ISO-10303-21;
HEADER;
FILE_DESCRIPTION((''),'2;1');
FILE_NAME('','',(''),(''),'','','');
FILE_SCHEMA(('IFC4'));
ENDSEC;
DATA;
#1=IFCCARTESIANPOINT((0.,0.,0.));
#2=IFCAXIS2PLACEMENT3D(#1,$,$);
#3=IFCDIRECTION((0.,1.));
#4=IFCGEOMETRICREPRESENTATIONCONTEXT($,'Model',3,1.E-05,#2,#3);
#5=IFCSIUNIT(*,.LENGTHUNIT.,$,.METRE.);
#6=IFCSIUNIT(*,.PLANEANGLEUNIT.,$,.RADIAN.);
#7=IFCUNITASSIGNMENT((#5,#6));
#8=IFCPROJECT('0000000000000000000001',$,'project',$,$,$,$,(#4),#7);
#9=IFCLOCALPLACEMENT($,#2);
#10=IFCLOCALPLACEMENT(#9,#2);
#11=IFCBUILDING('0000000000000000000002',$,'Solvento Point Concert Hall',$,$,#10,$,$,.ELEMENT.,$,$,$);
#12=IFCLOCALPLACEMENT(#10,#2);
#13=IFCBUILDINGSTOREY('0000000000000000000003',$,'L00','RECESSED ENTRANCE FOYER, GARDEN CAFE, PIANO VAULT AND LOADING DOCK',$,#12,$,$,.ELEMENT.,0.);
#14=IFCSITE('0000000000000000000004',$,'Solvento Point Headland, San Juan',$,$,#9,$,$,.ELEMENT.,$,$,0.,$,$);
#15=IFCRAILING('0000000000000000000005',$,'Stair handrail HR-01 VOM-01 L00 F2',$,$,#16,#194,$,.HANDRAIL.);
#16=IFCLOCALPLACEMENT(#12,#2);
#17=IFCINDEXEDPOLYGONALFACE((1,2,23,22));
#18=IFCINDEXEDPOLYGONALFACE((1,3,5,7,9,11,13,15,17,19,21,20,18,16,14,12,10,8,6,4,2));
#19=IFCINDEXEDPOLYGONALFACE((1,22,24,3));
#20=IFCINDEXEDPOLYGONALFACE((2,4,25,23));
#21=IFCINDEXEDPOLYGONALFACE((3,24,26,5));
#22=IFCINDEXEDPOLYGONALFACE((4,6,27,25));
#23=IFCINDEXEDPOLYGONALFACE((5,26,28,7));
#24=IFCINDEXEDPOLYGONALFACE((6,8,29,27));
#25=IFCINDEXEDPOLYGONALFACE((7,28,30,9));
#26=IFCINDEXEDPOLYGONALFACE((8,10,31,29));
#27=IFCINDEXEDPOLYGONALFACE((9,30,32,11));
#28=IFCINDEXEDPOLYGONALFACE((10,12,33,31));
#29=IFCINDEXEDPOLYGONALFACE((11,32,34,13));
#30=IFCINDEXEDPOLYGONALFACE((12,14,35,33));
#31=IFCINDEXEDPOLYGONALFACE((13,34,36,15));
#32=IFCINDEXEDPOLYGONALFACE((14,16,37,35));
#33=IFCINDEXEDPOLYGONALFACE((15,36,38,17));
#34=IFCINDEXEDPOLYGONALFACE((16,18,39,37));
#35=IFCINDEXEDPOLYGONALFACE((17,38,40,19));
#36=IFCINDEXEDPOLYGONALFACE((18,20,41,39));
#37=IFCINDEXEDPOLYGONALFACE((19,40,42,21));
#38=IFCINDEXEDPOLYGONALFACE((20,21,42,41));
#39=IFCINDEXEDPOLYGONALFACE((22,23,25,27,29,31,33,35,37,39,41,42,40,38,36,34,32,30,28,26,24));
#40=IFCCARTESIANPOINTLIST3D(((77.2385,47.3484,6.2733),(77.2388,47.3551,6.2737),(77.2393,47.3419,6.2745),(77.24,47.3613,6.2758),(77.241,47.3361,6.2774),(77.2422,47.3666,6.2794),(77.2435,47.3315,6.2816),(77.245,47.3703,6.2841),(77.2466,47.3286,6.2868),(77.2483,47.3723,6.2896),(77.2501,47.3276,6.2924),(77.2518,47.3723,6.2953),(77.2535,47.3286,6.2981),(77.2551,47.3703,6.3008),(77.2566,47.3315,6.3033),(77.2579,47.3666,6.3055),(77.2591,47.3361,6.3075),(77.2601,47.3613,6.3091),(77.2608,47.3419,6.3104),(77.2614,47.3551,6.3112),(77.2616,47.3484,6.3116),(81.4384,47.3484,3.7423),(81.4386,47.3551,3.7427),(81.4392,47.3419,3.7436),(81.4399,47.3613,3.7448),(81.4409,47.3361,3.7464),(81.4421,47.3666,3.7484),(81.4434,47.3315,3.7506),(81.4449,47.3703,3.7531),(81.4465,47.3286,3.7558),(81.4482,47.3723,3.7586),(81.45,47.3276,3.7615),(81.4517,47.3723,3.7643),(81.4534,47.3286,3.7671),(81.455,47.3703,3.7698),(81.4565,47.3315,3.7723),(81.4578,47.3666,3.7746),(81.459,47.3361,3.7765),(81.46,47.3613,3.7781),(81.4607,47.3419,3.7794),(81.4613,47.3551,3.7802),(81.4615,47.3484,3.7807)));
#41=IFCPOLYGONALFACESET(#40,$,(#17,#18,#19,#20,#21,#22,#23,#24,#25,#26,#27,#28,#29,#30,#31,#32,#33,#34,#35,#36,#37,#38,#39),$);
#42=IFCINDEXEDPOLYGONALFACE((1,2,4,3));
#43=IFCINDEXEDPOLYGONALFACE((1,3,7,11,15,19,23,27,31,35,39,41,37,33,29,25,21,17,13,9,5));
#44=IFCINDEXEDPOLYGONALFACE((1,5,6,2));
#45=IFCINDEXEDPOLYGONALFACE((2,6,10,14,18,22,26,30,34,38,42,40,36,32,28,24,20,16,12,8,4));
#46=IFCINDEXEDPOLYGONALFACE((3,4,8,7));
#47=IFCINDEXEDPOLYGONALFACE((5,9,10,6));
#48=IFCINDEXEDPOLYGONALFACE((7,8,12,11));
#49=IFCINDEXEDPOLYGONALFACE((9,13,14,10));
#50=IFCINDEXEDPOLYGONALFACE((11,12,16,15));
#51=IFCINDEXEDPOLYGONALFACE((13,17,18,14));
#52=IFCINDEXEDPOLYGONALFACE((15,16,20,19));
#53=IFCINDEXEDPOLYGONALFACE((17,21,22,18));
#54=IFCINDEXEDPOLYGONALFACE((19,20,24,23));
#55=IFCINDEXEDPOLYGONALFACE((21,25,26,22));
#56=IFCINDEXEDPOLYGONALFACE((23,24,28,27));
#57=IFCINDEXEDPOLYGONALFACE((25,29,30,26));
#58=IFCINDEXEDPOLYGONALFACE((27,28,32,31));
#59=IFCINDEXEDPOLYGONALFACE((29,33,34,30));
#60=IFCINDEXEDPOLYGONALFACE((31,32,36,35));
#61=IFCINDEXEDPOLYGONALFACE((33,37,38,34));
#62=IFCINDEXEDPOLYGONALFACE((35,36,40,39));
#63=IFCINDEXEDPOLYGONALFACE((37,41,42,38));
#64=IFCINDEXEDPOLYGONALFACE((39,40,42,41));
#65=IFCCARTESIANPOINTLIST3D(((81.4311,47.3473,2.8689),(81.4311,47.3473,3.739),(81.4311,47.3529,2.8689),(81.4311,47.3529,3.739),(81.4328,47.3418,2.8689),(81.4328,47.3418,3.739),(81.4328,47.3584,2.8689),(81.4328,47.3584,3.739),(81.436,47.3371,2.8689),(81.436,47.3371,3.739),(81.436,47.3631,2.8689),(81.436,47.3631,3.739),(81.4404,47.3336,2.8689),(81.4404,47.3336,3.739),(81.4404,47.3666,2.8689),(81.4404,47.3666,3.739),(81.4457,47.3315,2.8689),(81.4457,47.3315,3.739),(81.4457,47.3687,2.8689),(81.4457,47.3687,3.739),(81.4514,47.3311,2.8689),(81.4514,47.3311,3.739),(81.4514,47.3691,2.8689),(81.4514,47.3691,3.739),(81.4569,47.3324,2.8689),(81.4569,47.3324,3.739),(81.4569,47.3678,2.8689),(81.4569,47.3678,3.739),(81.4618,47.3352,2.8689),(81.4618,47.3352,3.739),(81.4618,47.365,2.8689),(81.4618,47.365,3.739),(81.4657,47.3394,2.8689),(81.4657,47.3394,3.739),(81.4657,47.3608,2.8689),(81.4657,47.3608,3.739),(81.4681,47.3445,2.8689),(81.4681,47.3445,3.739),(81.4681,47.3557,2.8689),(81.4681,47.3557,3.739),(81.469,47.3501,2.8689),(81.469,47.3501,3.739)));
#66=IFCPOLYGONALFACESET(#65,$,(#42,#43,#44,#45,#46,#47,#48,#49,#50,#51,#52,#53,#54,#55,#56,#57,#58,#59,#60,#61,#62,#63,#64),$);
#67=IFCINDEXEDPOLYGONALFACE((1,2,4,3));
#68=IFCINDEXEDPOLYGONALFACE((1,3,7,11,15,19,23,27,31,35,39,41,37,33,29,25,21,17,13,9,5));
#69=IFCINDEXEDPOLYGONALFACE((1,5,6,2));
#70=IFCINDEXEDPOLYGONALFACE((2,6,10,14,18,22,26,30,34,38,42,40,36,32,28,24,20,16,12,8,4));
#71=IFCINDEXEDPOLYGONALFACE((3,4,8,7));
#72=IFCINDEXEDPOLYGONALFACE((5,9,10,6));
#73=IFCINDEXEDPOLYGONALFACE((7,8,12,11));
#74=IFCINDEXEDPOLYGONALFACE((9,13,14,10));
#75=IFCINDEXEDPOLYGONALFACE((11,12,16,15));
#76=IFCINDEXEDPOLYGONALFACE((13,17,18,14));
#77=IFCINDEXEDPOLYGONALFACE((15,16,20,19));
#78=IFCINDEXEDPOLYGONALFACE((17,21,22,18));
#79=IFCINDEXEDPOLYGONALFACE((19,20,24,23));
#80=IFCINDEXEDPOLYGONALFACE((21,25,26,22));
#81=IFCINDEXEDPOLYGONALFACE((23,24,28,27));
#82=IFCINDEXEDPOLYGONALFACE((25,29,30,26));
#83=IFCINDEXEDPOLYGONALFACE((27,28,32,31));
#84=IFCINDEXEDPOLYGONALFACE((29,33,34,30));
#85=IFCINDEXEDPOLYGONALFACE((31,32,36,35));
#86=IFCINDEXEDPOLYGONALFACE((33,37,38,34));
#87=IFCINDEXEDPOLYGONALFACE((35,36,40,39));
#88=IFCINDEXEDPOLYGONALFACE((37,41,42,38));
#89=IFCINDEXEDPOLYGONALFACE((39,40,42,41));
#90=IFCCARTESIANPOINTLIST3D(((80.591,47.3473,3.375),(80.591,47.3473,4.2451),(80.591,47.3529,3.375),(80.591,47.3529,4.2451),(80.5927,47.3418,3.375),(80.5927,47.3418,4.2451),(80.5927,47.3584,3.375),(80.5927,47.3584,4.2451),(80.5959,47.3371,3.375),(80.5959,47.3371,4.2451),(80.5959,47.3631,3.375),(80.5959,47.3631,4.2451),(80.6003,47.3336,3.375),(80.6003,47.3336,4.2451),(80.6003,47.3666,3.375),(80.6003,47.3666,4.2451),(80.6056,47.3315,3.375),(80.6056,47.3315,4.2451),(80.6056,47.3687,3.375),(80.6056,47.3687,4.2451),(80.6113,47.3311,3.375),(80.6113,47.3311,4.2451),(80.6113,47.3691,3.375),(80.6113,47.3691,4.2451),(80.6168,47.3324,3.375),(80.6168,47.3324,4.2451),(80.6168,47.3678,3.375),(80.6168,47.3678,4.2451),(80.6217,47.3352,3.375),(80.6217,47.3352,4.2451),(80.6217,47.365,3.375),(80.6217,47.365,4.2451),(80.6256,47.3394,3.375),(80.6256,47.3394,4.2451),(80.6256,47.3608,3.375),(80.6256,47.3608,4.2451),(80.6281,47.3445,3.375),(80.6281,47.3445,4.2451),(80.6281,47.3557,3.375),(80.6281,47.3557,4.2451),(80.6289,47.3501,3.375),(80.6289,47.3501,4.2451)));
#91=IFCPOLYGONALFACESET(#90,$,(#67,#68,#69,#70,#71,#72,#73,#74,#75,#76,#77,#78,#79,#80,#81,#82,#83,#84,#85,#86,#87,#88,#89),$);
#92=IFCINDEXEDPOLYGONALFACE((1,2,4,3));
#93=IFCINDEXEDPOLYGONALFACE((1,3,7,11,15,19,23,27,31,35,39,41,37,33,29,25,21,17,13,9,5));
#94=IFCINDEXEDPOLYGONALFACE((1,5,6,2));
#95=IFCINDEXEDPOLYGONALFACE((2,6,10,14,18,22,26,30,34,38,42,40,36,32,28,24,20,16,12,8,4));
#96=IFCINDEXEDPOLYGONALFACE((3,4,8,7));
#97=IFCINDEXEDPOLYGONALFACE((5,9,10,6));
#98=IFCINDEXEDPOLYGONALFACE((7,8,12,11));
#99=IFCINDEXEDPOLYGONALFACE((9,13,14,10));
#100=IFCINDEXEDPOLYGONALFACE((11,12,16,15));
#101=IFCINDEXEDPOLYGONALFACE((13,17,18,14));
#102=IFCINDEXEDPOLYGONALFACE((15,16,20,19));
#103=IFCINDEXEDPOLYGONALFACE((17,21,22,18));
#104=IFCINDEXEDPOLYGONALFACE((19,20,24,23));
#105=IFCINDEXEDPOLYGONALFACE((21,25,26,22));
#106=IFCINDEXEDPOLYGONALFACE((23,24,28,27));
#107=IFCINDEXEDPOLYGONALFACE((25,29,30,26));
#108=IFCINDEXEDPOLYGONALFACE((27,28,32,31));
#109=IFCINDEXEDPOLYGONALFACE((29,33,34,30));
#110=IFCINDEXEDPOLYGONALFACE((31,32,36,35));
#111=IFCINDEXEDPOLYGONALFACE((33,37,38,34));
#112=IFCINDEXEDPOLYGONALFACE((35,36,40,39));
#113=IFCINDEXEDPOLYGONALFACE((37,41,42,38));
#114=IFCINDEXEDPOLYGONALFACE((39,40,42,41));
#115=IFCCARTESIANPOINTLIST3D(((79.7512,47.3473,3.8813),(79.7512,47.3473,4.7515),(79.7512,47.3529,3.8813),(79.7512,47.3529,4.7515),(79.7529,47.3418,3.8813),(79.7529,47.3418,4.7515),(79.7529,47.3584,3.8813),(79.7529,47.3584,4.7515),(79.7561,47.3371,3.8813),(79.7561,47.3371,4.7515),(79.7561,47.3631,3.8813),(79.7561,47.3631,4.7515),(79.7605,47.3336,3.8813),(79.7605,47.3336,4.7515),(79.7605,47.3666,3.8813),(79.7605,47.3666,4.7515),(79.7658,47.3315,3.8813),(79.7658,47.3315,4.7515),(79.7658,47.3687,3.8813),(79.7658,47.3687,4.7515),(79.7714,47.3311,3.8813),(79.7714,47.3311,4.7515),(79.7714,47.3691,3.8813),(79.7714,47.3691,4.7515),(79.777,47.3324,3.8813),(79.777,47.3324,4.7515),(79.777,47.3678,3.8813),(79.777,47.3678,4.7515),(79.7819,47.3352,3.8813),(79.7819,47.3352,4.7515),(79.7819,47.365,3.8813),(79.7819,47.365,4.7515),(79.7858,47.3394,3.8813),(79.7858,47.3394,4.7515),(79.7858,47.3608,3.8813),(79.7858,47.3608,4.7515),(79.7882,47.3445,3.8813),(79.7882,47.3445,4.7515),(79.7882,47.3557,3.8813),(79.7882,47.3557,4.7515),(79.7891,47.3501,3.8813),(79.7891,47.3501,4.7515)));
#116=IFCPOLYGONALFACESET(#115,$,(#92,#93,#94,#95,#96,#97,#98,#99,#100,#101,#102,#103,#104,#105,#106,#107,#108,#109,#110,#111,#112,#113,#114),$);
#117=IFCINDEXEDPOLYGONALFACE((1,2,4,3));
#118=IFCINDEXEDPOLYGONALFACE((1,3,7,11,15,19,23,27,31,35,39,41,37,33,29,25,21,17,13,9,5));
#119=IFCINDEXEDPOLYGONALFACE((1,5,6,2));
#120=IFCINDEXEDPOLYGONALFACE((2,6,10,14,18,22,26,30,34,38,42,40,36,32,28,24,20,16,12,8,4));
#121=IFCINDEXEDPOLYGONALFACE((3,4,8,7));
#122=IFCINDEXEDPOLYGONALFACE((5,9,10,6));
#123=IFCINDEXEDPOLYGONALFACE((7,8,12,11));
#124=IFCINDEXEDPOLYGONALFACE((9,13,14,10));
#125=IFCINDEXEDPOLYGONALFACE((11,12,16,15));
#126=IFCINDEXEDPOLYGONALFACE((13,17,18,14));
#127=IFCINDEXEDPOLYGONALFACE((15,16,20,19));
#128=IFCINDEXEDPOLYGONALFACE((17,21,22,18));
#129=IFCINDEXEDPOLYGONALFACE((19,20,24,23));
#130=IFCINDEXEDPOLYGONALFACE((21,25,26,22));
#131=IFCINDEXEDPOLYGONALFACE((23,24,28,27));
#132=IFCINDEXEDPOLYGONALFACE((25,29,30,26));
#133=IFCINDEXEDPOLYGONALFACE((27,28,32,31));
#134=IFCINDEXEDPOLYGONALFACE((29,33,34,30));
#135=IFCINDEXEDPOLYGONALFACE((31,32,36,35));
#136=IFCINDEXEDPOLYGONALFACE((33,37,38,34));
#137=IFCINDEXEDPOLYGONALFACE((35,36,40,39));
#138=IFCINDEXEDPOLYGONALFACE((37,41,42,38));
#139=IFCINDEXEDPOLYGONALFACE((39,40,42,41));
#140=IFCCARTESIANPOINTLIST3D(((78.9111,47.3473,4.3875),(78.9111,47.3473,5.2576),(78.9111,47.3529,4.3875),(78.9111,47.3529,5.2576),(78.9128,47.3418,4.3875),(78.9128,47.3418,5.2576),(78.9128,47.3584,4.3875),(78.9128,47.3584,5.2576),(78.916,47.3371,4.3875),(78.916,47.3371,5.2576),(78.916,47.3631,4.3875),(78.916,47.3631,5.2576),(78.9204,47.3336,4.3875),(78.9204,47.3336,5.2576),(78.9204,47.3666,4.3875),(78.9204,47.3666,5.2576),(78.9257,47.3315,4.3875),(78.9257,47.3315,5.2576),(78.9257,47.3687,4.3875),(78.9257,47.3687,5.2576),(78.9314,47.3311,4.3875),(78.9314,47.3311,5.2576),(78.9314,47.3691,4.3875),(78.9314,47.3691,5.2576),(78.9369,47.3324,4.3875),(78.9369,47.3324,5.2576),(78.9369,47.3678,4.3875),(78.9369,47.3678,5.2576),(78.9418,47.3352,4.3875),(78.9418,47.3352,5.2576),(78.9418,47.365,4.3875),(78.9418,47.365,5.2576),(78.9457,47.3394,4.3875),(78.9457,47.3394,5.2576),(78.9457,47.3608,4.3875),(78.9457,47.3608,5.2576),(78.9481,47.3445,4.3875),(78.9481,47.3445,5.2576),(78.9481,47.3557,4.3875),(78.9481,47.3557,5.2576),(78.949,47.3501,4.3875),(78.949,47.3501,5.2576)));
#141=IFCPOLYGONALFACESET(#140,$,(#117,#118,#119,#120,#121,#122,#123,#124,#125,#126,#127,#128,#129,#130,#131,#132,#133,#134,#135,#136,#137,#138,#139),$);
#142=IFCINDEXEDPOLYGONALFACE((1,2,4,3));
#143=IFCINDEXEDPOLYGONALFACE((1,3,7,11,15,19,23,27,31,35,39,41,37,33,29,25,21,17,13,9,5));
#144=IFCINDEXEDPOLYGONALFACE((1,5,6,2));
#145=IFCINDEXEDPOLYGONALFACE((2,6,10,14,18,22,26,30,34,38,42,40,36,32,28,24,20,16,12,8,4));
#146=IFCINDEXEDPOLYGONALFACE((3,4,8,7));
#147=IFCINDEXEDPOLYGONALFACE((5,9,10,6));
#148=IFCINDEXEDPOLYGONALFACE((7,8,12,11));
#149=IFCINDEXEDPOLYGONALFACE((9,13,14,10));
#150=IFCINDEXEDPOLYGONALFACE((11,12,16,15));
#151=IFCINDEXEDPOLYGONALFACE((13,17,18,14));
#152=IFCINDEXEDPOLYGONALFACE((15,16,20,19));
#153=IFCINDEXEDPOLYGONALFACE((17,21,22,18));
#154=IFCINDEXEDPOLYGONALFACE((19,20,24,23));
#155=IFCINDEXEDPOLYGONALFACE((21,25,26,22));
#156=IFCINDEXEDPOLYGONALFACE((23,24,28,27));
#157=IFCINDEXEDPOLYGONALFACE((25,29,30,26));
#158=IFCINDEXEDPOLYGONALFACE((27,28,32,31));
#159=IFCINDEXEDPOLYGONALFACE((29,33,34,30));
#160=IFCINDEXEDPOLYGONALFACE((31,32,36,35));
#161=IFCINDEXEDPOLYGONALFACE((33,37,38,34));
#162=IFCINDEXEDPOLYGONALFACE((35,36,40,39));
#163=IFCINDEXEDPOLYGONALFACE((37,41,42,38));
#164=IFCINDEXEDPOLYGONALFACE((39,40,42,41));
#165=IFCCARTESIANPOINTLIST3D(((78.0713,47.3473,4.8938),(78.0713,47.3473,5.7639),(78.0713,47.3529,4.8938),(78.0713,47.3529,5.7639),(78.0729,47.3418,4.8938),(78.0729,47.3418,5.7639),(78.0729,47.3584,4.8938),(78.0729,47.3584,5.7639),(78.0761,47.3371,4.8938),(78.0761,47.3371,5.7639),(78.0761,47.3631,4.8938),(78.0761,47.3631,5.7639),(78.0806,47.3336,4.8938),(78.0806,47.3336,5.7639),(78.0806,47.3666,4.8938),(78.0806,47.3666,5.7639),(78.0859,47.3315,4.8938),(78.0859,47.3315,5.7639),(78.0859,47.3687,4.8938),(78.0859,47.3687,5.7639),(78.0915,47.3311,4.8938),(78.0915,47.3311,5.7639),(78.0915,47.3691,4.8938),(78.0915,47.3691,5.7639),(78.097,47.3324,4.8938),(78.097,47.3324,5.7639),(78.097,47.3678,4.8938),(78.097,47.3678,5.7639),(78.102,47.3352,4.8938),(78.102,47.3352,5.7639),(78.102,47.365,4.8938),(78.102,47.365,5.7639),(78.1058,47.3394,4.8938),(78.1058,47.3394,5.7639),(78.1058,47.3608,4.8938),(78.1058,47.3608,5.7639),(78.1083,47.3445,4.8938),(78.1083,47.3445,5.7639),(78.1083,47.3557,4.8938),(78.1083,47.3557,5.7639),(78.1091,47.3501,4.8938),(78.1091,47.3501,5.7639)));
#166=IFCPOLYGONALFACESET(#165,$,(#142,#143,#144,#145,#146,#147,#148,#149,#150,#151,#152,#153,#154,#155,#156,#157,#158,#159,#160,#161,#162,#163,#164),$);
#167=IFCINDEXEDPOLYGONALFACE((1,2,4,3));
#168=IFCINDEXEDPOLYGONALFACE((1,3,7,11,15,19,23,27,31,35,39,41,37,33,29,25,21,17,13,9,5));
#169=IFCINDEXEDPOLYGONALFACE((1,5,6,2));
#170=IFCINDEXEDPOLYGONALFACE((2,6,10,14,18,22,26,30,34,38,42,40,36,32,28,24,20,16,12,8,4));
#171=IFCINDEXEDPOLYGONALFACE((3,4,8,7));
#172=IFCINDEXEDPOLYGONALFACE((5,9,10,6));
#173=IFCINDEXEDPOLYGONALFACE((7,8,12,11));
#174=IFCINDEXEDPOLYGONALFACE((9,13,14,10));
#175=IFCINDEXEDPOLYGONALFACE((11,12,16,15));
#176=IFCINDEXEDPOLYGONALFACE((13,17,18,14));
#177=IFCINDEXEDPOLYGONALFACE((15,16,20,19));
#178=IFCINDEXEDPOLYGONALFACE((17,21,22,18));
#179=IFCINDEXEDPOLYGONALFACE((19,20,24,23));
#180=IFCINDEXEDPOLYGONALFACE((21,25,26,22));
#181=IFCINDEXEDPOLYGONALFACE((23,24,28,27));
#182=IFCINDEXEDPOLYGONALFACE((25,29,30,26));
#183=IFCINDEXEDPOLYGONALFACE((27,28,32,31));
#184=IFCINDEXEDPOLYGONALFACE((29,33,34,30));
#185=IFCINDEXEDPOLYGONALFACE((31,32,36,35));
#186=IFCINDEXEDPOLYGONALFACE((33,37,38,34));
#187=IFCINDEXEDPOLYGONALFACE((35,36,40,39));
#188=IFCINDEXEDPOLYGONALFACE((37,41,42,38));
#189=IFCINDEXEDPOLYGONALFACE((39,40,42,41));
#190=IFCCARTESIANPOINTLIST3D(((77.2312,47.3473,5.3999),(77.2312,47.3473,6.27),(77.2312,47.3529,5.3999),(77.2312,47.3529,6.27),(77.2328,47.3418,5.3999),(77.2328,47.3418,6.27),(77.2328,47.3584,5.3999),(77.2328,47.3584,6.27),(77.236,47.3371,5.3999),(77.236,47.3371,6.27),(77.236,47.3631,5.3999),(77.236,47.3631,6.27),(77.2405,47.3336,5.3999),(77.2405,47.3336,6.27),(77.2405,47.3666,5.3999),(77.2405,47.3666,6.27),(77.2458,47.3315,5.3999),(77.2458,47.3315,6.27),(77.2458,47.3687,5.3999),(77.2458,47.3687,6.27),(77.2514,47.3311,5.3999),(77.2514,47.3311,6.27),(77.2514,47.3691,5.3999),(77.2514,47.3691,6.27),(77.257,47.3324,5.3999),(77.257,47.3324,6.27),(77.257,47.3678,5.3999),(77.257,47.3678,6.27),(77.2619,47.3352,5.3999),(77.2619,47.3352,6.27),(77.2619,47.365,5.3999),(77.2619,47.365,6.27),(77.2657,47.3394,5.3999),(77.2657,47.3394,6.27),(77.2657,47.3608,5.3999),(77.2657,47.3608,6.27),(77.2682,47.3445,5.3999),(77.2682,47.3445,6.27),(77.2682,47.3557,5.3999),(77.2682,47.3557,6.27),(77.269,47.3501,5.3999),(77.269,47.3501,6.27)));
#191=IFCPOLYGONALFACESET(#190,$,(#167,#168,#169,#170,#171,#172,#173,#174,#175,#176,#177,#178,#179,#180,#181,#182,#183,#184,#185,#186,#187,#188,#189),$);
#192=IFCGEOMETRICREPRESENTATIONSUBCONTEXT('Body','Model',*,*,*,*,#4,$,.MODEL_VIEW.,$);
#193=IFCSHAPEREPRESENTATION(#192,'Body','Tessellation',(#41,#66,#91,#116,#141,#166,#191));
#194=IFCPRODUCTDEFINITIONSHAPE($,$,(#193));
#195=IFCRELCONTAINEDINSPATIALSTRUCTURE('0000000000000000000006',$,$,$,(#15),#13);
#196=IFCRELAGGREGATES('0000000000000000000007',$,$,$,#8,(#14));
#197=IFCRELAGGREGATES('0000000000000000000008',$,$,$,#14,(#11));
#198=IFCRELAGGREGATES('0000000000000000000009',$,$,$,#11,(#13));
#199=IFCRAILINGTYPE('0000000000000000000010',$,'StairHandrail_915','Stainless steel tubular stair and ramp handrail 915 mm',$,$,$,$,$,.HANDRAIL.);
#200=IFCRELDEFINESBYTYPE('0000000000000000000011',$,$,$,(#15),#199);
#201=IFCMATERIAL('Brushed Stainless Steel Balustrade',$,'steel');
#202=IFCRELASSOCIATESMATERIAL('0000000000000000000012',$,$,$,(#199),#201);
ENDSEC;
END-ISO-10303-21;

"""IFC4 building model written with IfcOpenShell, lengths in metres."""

from ifc_helpers import new_model, si_unit, direction, frame, origin, origin_2d, place, context, subcontext, project, spatial, circle, extrude, material, type_object, element, save


model = new_model("IFC4")

# Units and contexts
model_context = context("Model", 3, precision=1e-05, world=origin(), true_north=direction((0.0, 1.0)))
body_context = subcontext(model_context, "Body", "Model", "MODEL_VIEW")
ifc_project = project(units=[si_unit("LENGTHUNIT", "METRE"), si_unit("PLANEANGLEUNIT", "RADIAN")], contexts=[model_context])

# Site, building, storey
site_placement = place(None, origin())
site = spatial("IfcSite", under=ifc_project, at=site_placement, Name="Solvento Point Headland, San Juan", CompositionType="ELEMENT", RefElevation=0.0)
building_placement = place(site_placement, origin())
building = spatial("IfcBuilding", under=site, at=building_placement, Name="Solvento Point Concert Hall", CompositionType="ELEMENT")
storey_placement = place(building_placement, origin())
storey = spatial("IfcBuildingStorey", under=building, at=storey_placement, Name="L00", Description="RECESSED ENTRANCE FOYER, GARDEN CAFE, PIANO VAULT AND LOADING DOCK", CompositionType="ELEMENT", Elevation=0.0)

# Railing
ifc_material_1 = material(Name="Brushed Stainless Steel Balustrade", Category="steel")
railing_type_1 = type_object("IfcRailingType", Name="StairHandrail_915", Description="Stainless steel tubular stair and ramp handrail 915 mm", PredefinedType="HANDRAIL", material=ifc_material_1)
railing_1_placement = place(storey_placement, frame((81.45, 47.3501, 2.8689)))
element("IfcRailing", 1, at=railing_1_placement, inside=storey, type_object=railing_type_1, Name="Stair handrail HR-01 VOM-01 L00 F2", PredefinedType="HANDRAIL", context=body_context, shape_type="SweptSolid", body=[
    extrude(circle(Radius=0.0225, at=origin_2d()), frame((0.0, 0.0, 0.8926), z_axis=(-0.856499, 0.0, 0.51615), x_axis=(0.0, -1.0, 0.0)), (0.0, 0.0, 1.0), 4.9036),
    extrude(circle(Radius=0.019, at=origin_2d()), origin(), (0.0, 0.0, 1.0), 0.8701),
    extrude(circle(Radius=0.019, at=origin_2d()), frame((-0.8401, 0.0, 0.5061)), (0.0, 0.0, 1.0), 0.8701),
    extrude(circle(Radius=0.019, at=origin_2d()), frame((-1.6799, 0.0, 1.0125)), (0.0, 0.0, 1.0), 0.8701),
    extrude(circle(Radius=0.019, at=origin_2d()), frame((-2.52, 0.0, 1.5186)), (0.0, 0.0, 1.0), 0.8701),
    extrude(circle(Radius=0.019, at=origin_2d()), frame((-3.3599, 0.0, 2.0249)), (0.0, 0.0, 1.0), 0.8701),
    extrude(circle(Radius=0.019, at=origin_2d()), frame((-4.2, 0.0, 2.531)), (0.0, 0.0, 1.0), 0.8701),
])

save(model, "model.ifc")
